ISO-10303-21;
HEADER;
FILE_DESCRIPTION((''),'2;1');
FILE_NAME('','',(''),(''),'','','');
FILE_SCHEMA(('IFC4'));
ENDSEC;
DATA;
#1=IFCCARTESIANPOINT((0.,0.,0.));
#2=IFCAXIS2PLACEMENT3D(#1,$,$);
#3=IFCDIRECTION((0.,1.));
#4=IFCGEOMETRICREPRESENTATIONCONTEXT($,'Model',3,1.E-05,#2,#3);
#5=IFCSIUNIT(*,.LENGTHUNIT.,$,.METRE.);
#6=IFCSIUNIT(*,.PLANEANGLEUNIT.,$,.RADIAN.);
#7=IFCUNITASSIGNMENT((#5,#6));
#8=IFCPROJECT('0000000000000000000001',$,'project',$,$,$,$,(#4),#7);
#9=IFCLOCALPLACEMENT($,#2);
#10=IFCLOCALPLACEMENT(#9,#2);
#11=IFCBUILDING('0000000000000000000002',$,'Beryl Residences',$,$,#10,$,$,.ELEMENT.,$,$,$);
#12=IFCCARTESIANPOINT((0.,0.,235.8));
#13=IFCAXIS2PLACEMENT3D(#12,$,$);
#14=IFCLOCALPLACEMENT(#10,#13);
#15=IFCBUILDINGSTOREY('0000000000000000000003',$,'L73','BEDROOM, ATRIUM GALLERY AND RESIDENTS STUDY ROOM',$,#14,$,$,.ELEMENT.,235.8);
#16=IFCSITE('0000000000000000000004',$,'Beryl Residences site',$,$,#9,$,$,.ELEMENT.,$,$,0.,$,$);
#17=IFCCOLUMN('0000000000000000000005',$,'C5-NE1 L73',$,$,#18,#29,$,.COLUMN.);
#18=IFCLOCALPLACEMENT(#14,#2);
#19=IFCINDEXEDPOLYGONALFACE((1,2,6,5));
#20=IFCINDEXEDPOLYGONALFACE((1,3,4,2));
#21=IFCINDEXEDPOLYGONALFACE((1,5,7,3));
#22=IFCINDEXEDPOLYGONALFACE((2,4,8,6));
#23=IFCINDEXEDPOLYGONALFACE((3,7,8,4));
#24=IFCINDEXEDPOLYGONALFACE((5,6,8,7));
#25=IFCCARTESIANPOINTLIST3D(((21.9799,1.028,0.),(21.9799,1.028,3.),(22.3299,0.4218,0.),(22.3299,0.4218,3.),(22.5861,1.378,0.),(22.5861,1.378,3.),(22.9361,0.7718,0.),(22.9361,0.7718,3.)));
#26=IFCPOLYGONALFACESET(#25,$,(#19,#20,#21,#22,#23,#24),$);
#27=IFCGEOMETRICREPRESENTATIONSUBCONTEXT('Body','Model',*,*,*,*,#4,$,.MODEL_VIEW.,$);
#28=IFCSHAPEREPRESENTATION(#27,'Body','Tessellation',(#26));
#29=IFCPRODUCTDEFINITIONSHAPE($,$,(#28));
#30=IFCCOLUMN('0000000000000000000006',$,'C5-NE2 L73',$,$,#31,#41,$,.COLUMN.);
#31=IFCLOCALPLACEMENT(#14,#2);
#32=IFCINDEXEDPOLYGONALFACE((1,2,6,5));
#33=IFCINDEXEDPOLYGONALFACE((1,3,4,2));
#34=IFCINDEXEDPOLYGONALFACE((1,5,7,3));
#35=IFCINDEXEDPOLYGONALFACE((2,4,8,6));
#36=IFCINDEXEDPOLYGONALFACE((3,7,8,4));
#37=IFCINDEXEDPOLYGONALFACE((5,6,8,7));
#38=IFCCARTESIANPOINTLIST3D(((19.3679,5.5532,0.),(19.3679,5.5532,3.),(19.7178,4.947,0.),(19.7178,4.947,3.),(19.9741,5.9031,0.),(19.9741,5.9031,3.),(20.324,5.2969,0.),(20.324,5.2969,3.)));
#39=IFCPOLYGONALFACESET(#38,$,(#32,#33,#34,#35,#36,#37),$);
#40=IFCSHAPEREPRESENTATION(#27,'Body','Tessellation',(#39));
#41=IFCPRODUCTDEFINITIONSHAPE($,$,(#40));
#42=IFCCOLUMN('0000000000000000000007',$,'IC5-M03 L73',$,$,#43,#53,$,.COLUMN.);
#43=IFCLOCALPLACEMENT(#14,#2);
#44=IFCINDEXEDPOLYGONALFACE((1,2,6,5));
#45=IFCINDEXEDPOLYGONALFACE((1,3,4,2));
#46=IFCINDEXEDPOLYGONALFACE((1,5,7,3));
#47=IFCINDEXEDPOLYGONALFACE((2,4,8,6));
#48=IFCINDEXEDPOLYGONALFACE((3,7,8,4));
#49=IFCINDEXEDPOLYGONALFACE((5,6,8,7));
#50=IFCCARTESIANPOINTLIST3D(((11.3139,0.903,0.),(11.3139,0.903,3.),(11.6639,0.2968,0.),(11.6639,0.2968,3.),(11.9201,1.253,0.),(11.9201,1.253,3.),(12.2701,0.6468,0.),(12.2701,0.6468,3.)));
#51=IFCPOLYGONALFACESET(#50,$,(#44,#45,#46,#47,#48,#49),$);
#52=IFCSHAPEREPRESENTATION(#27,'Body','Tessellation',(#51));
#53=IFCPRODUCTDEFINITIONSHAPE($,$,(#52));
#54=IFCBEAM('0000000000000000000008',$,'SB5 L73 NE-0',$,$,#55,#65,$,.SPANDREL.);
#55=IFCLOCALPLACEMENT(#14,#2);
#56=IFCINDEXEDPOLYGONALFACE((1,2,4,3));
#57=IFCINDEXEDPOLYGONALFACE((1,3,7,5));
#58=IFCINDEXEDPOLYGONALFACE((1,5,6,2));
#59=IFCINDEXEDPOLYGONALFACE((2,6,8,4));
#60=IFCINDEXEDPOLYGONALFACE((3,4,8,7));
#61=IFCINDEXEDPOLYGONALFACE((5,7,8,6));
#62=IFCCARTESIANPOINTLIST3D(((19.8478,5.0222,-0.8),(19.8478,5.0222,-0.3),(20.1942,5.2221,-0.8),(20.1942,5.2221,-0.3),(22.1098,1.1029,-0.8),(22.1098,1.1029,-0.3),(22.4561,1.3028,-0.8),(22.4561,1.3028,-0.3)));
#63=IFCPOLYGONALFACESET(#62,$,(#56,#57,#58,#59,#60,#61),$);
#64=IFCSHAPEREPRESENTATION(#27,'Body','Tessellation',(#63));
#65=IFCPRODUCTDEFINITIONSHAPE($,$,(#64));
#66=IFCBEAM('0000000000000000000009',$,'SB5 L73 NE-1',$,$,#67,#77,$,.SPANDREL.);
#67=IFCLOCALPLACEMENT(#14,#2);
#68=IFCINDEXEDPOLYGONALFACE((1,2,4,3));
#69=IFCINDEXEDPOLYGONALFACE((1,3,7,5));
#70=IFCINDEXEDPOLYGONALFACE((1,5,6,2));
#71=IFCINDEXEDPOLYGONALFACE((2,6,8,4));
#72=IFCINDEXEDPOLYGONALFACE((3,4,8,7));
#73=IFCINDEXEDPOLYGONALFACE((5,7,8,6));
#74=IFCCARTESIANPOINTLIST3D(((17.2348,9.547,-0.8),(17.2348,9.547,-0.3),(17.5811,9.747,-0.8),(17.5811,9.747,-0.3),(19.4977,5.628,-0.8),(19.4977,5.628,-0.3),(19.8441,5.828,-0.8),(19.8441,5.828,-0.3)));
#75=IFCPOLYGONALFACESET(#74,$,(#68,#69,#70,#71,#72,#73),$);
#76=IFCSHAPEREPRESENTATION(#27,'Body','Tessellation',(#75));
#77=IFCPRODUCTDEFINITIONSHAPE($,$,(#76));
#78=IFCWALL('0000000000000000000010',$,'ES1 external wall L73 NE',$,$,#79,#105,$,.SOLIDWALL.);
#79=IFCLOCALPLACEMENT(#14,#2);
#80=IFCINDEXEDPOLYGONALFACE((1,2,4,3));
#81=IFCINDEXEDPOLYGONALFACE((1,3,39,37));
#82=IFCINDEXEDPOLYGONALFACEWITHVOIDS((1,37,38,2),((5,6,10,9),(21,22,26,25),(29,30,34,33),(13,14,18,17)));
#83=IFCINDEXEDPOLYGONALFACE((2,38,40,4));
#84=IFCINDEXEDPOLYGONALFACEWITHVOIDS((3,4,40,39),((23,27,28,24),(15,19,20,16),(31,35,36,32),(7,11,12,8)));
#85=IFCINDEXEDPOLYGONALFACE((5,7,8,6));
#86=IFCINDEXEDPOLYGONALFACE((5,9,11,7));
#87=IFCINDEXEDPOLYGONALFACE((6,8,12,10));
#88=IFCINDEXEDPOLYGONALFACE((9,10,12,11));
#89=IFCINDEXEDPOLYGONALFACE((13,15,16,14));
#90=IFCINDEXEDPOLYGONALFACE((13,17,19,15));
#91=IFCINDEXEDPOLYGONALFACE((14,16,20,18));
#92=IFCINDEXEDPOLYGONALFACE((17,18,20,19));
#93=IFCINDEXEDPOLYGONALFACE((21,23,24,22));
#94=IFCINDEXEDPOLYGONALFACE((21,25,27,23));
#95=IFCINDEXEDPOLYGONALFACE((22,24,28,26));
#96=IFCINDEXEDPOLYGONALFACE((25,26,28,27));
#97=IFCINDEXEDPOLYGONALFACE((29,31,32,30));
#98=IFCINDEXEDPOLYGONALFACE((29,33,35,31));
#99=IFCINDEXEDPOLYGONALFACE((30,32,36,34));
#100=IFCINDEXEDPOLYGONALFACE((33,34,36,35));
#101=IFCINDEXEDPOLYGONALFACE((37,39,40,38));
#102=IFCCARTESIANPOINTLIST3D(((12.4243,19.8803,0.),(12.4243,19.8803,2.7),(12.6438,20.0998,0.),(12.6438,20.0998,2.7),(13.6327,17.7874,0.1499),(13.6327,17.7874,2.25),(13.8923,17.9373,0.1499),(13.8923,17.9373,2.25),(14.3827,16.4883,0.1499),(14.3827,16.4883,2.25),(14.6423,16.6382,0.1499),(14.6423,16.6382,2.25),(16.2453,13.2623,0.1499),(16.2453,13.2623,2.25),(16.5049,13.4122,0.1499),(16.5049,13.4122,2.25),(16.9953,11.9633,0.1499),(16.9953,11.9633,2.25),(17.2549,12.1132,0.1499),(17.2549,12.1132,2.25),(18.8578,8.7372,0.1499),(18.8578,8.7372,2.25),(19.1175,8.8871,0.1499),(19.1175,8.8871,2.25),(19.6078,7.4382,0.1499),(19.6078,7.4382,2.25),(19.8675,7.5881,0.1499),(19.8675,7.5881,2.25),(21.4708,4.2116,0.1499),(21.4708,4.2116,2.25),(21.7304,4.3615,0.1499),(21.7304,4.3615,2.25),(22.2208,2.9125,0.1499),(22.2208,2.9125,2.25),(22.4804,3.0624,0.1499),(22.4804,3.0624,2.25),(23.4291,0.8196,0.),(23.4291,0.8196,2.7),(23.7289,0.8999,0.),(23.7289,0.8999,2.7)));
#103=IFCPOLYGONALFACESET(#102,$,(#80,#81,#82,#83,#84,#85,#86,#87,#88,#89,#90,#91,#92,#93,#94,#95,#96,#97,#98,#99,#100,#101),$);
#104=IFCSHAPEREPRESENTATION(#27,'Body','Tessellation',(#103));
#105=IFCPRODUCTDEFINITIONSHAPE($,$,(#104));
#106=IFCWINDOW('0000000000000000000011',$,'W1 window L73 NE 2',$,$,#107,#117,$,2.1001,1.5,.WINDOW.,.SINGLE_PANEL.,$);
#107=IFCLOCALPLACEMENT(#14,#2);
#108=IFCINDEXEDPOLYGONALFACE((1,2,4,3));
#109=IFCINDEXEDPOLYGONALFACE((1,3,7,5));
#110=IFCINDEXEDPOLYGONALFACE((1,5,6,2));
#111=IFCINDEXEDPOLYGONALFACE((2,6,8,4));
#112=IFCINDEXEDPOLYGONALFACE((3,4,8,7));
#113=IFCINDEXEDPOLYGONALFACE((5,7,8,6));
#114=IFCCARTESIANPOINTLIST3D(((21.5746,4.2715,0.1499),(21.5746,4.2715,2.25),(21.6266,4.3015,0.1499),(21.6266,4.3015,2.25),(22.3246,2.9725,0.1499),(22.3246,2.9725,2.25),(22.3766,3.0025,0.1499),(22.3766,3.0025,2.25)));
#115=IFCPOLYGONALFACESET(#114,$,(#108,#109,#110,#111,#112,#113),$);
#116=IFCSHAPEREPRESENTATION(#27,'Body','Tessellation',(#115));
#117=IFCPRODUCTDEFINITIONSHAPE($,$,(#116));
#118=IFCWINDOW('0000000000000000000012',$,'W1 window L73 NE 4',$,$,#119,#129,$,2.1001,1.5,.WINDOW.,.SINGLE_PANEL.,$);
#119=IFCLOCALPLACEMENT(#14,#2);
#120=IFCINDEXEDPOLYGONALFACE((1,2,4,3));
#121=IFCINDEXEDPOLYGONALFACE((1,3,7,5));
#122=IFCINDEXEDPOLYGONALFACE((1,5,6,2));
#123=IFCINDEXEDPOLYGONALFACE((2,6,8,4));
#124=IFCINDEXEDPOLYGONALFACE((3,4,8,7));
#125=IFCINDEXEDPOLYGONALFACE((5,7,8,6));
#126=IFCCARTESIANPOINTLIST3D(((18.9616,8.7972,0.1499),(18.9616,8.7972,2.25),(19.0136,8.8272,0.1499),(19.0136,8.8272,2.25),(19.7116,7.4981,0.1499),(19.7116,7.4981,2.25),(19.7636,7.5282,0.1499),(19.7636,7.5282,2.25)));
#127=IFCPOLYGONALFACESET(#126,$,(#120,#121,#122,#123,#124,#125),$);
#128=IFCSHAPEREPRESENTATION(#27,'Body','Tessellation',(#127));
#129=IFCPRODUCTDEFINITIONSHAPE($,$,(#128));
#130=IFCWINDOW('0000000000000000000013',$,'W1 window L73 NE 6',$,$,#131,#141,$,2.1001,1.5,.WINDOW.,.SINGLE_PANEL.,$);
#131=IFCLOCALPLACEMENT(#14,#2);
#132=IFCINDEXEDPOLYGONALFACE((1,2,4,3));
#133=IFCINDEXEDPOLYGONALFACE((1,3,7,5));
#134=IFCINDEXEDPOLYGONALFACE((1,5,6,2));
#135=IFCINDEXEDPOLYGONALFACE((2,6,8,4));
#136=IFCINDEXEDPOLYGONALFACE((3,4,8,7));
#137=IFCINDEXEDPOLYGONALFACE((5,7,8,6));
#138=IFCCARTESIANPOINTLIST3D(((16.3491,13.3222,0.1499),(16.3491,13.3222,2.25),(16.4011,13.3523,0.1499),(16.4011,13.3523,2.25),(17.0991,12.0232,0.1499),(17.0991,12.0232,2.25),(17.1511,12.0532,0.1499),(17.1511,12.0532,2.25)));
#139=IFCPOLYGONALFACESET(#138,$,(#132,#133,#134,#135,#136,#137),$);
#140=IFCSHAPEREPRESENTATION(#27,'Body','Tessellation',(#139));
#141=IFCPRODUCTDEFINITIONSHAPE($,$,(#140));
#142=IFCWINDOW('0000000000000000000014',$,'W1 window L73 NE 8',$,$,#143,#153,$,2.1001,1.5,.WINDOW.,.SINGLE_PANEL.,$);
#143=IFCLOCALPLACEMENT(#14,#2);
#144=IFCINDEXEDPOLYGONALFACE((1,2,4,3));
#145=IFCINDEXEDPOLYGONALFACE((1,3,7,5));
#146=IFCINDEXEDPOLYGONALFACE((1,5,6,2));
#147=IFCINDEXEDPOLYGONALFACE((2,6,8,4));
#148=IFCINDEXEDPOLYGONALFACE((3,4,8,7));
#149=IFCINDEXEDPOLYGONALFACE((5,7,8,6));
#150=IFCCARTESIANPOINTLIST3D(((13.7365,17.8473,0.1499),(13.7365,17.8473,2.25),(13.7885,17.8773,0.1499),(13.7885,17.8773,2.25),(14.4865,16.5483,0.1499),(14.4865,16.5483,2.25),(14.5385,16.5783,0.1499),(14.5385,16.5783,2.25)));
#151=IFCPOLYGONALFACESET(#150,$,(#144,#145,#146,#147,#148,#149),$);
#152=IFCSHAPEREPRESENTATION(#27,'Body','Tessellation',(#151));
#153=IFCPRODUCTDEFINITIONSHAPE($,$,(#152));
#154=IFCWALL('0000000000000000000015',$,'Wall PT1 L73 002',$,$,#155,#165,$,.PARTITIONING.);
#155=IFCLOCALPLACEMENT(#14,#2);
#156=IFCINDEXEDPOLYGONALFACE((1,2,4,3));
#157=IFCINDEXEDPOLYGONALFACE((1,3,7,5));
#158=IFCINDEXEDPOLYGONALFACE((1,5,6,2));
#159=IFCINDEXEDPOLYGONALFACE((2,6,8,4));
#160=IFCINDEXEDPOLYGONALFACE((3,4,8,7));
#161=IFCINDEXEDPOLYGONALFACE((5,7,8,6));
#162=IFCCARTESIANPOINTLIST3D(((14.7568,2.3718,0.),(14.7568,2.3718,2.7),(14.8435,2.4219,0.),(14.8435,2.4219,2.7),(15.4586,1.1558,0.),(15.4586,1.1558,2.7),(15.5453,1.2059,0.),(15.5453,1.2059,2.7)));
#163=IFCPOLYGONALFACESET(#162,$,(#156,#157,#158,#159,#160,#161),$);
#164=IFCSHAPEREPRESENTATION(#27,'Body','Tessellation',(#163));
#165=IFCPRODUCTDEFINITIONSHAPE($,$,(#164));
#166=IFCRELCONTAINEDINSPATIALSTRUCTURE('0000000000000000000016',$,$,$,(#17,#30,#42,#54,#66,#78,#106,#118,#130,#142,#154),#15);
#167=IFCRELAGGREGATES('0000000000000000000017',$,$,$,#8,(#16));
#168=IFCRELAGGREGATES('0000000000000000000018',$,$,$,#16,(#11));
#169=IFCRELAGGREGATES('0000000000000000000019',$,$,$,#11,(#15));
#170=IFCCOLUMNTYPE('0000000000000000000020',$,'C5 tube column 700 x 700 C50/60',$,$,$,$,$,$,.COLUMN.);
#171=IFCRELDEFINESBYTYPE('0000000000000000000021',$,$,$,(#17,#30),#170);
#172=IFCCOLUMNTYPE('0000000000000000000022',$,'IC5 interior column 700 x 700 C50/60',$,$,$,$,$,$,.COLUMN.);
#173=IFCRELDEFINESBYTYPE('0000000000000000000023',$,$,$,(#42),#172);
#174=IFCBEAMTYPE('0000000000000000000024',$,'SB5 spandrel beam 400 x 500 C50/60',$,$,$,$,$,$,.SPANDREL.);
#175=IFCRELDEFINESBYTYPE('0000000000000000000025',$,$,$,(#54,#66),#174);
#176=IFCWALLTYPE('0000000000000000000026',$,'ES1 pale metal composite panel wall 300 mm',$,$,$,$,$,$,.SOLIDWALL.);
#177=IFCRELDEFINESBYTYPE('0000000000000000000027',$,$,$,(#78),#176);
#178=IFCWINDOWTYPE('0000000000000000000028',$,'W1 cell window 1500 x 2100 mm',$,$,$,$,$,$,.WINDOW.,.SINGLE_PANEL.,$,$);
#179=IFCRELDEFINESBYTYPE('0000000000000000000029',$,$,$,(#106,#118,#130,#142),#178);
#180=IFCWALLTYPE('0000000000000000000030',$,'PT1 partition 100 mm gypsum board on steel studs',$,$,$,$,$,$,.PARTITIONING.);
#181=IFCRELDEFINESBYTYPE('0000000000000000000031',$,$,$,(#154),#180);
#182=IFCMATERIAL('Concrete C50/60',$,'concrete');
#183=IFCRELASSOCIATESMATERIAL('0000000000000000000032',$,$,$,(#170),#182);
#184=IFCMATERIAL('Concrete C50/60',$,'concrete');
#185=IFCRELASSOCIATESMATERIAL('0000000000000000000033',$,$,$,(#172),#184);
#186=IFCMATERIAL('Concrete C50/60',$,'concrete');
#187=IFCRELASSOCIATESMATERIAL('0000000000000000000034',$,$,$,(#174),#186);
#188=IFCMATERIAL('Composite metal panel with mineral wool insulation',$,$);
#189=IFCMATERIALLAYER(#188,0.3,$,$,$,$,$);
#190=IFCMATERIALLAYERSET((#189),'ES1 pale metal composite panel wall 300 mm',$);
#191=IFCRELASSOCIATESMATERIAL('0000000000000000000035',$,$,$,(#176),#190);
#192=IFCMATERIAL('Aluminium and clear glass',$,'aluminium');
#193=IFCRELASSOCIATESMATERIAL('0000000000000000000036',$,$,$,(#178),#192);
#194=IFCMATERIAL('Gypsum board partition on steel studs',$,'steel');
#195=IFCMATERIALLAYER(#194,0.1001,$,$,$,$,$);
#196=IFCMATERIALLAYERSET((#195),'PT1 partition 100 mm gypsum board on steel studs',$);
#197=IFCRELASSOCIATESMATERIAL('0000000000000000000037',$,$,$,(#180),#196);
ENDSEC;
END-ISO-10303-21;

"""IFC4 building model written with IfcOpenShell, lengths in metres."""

from ifc_helpers import new_model, si_unit, direction, frame, frame_2d, origin, origin_2d, place, context, subcontext, project, spatial, polyline, rectangle, outline, extrude, material, layer, layer_set, material_profile, profile_set, type_object, element, fill, save


model = new_model("IFC4")

# Units and contexts
model_context = context("Model", 3, precision=1e-05, world=origin(), true_north=direction((0.0, 1.0)))
body_context = subcontext(model_context, "Body", "Model", "MODEL_VIEW")
ifc_project = project(units=[si_unit("LENGTHUNIT", "METRE"), si_unit("PLANEANGLEUNIT", "RADIAN")], contexts=[model_context])

# Site, building, storey
site_placement = place(None, origin())
site = spatial("IfcSite", under=ifc_project, at=site_placement, Name="Beryl Residences site", CompositionType="ELEMENT", RefElevation=0.0)
building_placement = place(site_placement, origin())
building = spatial("IfcBuilding", under=site, at=building_placement, Name="Beryl Residences", CompositionType="ELEMENT")
storey_placement = place(building_placement, frame((0.0, 0.0, 235.8)))
storey = spatial("IfcBuildingStorey", under=building, at=storey_placement, Name="L73", Description="BEDROOM, ATRIUM GALLERY AND RESIDENTS STUDY ROOM", CompositionType="ELEMENT", Elevation=235.8)

# Columns
ifc_material_1 = material(Name="Concrete C50/60", Category="concrete")
ifc_material_profile_1 = material_profile(ifc_material_1, rectangle(XDim=0.7, YDim=0.7, at=origin_2d()))
ifc_profile_set_1 = profile_set([ifc_material_profile_1], Name="Concrete C50/60")
column_type_1 = type_object("IfcColumnType", Name="C5 tube column 700 x 700 C50/60", PredefinedType="COLUMN", material=ifc_profile_set_1)
for number, where, z_axis, x_axis, name in (
    (1, (22.458, 0.8999, 0.0), (0.0, 0.0, 1.0), (-0.49997, 0.866043, 0.0), "C5-NE1 L73"),
    (2, (19.8459, 5.425, 0.0), (0.0, 0.0, 1.0), (-0.49997, 0.866043, 0.0), "C5-NE2 L73"),
):
    element("IfcColumn", number, at=place(storey_placement, frame(where, z_axis=z_axis, x_axis=x_axis)), inside=storey, type_object=column_type_1, Name=name, PredefinedType="COLUMN", context=body_context, shape_type="SweptSolid", body=[
        extrude(rectangle(XDim=0.7, YDim=0.7, at=origin_2d()), origin(), (0.0, 0.0, 1.0), 3.0),
    ])
ifc_material_2 = material(Name="Concrete C50/60", Category="concrete")
ifc_material_profile_2 = material_profile(ifc_material_2, rectangle(XDim=0.7, YDim=0.7, at=origin_2d()))
ifc_profile_set_2 = profile_set([ifc_material_profile_2], Name="Concrete C50/60")
column_type_2 = type_object("IfcColumnType", Name="IC5 interior column 700 x 700 C50/60", PredefinedType="COLUMN", material=ifc_profile_set_2)
column_placement = place(storey_placement, frame((11.792, 0.7749, 0.0), z_axis=(0.0, 0.0, 1.0), x_axis=(-0.49997, 0.866043, 0.0)))
element("IfcColumn", 3, at=column_placement, inside=storey, type_object=column_type_2, Name="IC5-M03 L73", PredefinedType="COLUMN", context=body_context, shape_type="SweptSolid", body=[
    extrude(rectangle(XDim=0.7, YDim=0.7, at=origin_2d()), origin(), (0.0, 0.0, 1.0), 3.0),
])

# Beams
ifc_material_3 = material(Name="Concrete C50/60", Category="concrete")
ifc_material_profile_3 = material_profile(ifc_material_3, rectangle(XDim=0.3999, YDim=0.5, at=origin_2d()))
ifc_profile_set_3 = profile_set([ifc_material_profile_3], Name="Concrete C50/60")
beam_type = type_object("IfcBeamType", Name="SB5 spandrel beam 400 x 500 C50/60", PredefinedType="SPANDREL", material=ifc_profile_set_3)
beam_1_placement = place(storey_placement, frame((22.283, 1.2029, -0.55), z_axis=(-0.49987, 0.8661, 0.0), x_axis=(-0.8661, -0.49987, 0.0)))
element("IfcBeam", 4, at=beam_1_placement, inside=storey, type_object=beam_type, Name="SB5 L73 NE-0", PredefinedType="SPANDREL", context=body_context, shape_type="SweptSolid", body=[
    extrude(rectangle(XDim=0.3999, YDim=0.5, at=origin_2d()), origin(), (0.0, 0.0, 1.0), 4.5251),
])
beam_2_placement = place(storey_placement, frame((19.6709, 5.728, -0.55), z_axis=(-0.500056, 0.865993, 0.0), x_axis=(-0.865993, -0.500056, 0.0)))
element("IfcBeam", 5, at=beam_2_placement, inside=storey, type_object=beam_type, Name="SB5 L73 NE-1", PredefinedType="SPANDREL", context=body_context, shape_type="SweptSolid", body=[
    extrude(rectangle(XDim=0.3999, YDim=0.5, at=origin_2d()), origin(), (0.0, 0.0, 1.0), 4.5254),
])

# Wall, openings, windows
ifc_material_4 = material(Name="Composite metal panel with mineral wool insulation")
ifc_layer_1 = layer(ifc_material_4, 0.3)
ifc_layer_set_1 = layer_set([ifc_layer_1], Name="ES1 pale metal composite panel wall 300 mm")
wall_type_1 = type_object("IfcWallType", Name="ES1 pale metal composite panel wall 300 mm", PredefinedType="SOLIDWALL", material=ifc_layer_set_1)
wall_1_placement = place(storey_placement, frame((23.5991, 0.825, 0.0), z_axis=(0.0, 0.0, 1.0), x_axis=(-0.500004, 0.866023, 0.0)))
wall_1 = element("IfcWall", 6, at=wall_1_placement, inside=storey, type_object=wall_type_1, Name="ES1 external wall L73 NE", PredefinedType="SOLIDWALL", context=body_context, shape_type="SweptSolid", body=[
    extrude(outline(polyline([(0.0, -0.1499), (22.1702, -0.1499), (22.0898, 0.1499), (0.0803, 0.1499), (0.0, -0.1499)])), origin(), (0.0, 0.0, 1.0), 2.7),
])
opening_1_placement = place(wall_1_placement, frame((2.4971, 0.0, 0.1499)))
opening_1 = element("IfcOpeningElement", 7, at=opening_1_placement, cuts=wall_1, PredefinedType="OPENING", context=body_context, shape_type="SweptSolid", body=[
    extrude(rectangle(XDim=1.5, YDim=2.1001, at=frame_2d((0.75, 1.05))), frame((0.0, 0.1599, 0.0), z_axis=(0.0, -1.0, 0.0), x_axis=(1.0, 0.0, 0.0)), (0.0, 0.0, 1.0), 0.3201),
])
opening_2_placement = place(wall_1_placement, frame((7.7229, 0.0, 0.1499)))
opening_2 = element("IfcOpeningElement", 8, at=opening_2_placement, cuts=wall_1, PredefinedType="OPENING", context=body_context, shape_type="SweptSolid", body=[
    extrude(rectangle(XDim=1.5, YDim=2.1001, at=frame_2d((0.75, 1.05))), frame((0.0, 0.1599, 0.0), z_axis=(0.0, -1.0, 0.0), x_axis=(1.0, 0.0, 0.0)), (0.0, 0.0, 1.0), 0.3201),
])
opening_3_placement = place(wall_1_placement, frame((12.948, 0.0, 0.1499)))
opening_3 = element("IfcOpeningElement", 9, at=opening_3_placement, cuts=wall_1, PredefinedType="OPENING", context=body_context, shape_type="SweptSolid", body=[
    extrude(rectangle(XDim=1.5, YDim=2.1001, at=frame_2d((0.75, 1.05))), frame((0.0, 0.1599, 0.0), z_axis=(0.0, -1.0, 0.0), x_axis=(1.0, 0.0, 0.0)), (0.0, 0.0, 1.0), 0.3201),
])
opening_4_placement = place(wall_1_placement, frame((18.1731, 0.0, 0.1499)))
opening_4 = element("IfcOpeningElement", 10, at=opening_4_placement, cuts=wall_1, PredefinedType="OPENING", context=body_context, shape_type="SweptSolid", body=[
    extrude(rectangle(XDim=1.5, YDim=2.1001, at=frame_2d((0.75, 1.05))), frame((0.0, 0.1599, 0.0), z_axis=(0.0, -1.0, 0.0), x_axis=(1.0, 0.0, 0.0)), (0.0, 0.0, 1.0), 0.3201),
])
ifc_material_5 = material(Name="Aluminium and clear glass", Category="aluminium")
window_type = type_object("IfcWindowType", Name="W1 cell window 1500 x 2100 mm", PartitioningType="SINGLE_PANEL", PredefinedType="WINDOW", material=ifc_material_5)
window_1_placement = place(opening_1_placement, origin())
window_1 = element("IfcWindow", 11, at=window_1_placement, inside=storey, type_object=window_type, Name="W1 window L73 NE 2", OverallHeight=2.1001, OverallWidth=1.5, PartitioningType="SINGLE_PANEL", PredefinedType="WINDOW", context=body_context, shape_type="SweptSolid", body=[
    extrude(rectangle(XDim=1.5, YDim=2.1001, at=frame_2d((0.75, 1.05))), frame((0.0, 0.03, 0.0), z_axis=(0.0, -1.0, 0.0), x_axis=(1.0, 0.0, 0.0)), (0.0, 0.0, 1.0), 0.0601),
])
fill(opening_1, window_1)
window_2_placement = place(opening_2_placement, origin())
window_2 = element("IfcWindow", 12, at=window_2_placement, inside=storey, type_object=window_type, Name="W1 window L73 NE 4", OverallHeight=2.1001, OverallWidth=1.5, PartitioningType="SINGLE_PANEL", PredefinedType="WINDOW", context=body_context, shape_type="SweptSolid", body=[
    extrude(rectangle(XDim=1.5, YDim=2.1001, at=frame_2d((0.75, 1.05))), frame((0.0, 0.03, 0.0), z_axis=(0.0, -1.0, 0.0), x_axis=(1.0, 0.0, 0.0)), (0.0, 0.0, 1.0), 0.0601),
])
fill(opening_2, window_2)
window_3_placement = place(opening_3_placement, origin())
window_3 = element("IfcWindow", 13, at=window_3_placement, inside=storey, type_object=window_type, Name="W1 window L73 NE 6", OverallHeight=2.1001, OverallWidth=1.5, PartitioningType="SINGLE_PANEL", PredefinedType="WINDOW", context=body_context, shape_type="SweptSolid", body=[
    extrude(rectangle(XDim=1.5, YDim=2.1001, at=frame_2d((0.75, 1.05))), frame((0.0, 0.03, 0.0), z_axis=(0.0, -1.0, 0.0), x_axis=(1.0, 0.0, 0.0)), (0.0, 0.0, 1.0), 0.0601),
])
fill(opening_3, window_3)
window_4_placement = place(opening_4_placement, origin())
window_4 = element("IfcWindow", 14, at=window_4_placement, inside=storey, type_object=window_type, Name="W1 window L73 NE 8", OverallHeight=2.1001, OverallWidth=1.5, PartitioningType="SINGLE_PANEL", PredefinedType="WINDOW", context=body_context, shape_type="SweptSolid", body=[
    extrude(rectangle(XDim=1.5, YDim=2.1001, at=frame_2d((0.75, 1.05))), frame((0.0, 0.03, 0.0), z_axis=(0.0, -1.0, 0.0), x_axis=(1.0, 0.0, 0.0)), (0.0, 0.0, 1.0), 0.0601),
])
fill(opening_4, window_4)

# Wall
ifc_material_6 = material(Name="Gypsum board partition on steel studs", Category="steel")
ifc_layer_2 = layer(ifc_material_6, 0.1001)
ifc_layer_set_2 = layer_set([ifc_layer_2], Name="PT1 partition 100 mm gypsum board on steel studs")
wall_type_2 = type_object("IfcWallType", Name="PT1 partition 100 mm gypsum board on steel studs", PredefinedType="PARTITIONING", material=ifc_layer_set_2)
wall_2_placement = place(storey_placement, frame((14.8, 2.397, 0.0), z_axis=(0.0, 0.0, 1.0), x_axis=(0.499898, -0.866084, 0.0)))
element("IfcWall", 15, at=wall_2_placement, inside=storey, type_object=wall_type_2, Name="Wall PT1 L73 002", PredefinedType="PARTITIONING", context=body_context, shape_type="SweptSolid", body=[
    extrude(rectangle(XDim=1.4041, YDim=0.1001, at=frame_2d((0.7021, 0.0))), origin(), (0.0, 0.0, 1.0), 2.7),
])

save(model, "model.ifc")
